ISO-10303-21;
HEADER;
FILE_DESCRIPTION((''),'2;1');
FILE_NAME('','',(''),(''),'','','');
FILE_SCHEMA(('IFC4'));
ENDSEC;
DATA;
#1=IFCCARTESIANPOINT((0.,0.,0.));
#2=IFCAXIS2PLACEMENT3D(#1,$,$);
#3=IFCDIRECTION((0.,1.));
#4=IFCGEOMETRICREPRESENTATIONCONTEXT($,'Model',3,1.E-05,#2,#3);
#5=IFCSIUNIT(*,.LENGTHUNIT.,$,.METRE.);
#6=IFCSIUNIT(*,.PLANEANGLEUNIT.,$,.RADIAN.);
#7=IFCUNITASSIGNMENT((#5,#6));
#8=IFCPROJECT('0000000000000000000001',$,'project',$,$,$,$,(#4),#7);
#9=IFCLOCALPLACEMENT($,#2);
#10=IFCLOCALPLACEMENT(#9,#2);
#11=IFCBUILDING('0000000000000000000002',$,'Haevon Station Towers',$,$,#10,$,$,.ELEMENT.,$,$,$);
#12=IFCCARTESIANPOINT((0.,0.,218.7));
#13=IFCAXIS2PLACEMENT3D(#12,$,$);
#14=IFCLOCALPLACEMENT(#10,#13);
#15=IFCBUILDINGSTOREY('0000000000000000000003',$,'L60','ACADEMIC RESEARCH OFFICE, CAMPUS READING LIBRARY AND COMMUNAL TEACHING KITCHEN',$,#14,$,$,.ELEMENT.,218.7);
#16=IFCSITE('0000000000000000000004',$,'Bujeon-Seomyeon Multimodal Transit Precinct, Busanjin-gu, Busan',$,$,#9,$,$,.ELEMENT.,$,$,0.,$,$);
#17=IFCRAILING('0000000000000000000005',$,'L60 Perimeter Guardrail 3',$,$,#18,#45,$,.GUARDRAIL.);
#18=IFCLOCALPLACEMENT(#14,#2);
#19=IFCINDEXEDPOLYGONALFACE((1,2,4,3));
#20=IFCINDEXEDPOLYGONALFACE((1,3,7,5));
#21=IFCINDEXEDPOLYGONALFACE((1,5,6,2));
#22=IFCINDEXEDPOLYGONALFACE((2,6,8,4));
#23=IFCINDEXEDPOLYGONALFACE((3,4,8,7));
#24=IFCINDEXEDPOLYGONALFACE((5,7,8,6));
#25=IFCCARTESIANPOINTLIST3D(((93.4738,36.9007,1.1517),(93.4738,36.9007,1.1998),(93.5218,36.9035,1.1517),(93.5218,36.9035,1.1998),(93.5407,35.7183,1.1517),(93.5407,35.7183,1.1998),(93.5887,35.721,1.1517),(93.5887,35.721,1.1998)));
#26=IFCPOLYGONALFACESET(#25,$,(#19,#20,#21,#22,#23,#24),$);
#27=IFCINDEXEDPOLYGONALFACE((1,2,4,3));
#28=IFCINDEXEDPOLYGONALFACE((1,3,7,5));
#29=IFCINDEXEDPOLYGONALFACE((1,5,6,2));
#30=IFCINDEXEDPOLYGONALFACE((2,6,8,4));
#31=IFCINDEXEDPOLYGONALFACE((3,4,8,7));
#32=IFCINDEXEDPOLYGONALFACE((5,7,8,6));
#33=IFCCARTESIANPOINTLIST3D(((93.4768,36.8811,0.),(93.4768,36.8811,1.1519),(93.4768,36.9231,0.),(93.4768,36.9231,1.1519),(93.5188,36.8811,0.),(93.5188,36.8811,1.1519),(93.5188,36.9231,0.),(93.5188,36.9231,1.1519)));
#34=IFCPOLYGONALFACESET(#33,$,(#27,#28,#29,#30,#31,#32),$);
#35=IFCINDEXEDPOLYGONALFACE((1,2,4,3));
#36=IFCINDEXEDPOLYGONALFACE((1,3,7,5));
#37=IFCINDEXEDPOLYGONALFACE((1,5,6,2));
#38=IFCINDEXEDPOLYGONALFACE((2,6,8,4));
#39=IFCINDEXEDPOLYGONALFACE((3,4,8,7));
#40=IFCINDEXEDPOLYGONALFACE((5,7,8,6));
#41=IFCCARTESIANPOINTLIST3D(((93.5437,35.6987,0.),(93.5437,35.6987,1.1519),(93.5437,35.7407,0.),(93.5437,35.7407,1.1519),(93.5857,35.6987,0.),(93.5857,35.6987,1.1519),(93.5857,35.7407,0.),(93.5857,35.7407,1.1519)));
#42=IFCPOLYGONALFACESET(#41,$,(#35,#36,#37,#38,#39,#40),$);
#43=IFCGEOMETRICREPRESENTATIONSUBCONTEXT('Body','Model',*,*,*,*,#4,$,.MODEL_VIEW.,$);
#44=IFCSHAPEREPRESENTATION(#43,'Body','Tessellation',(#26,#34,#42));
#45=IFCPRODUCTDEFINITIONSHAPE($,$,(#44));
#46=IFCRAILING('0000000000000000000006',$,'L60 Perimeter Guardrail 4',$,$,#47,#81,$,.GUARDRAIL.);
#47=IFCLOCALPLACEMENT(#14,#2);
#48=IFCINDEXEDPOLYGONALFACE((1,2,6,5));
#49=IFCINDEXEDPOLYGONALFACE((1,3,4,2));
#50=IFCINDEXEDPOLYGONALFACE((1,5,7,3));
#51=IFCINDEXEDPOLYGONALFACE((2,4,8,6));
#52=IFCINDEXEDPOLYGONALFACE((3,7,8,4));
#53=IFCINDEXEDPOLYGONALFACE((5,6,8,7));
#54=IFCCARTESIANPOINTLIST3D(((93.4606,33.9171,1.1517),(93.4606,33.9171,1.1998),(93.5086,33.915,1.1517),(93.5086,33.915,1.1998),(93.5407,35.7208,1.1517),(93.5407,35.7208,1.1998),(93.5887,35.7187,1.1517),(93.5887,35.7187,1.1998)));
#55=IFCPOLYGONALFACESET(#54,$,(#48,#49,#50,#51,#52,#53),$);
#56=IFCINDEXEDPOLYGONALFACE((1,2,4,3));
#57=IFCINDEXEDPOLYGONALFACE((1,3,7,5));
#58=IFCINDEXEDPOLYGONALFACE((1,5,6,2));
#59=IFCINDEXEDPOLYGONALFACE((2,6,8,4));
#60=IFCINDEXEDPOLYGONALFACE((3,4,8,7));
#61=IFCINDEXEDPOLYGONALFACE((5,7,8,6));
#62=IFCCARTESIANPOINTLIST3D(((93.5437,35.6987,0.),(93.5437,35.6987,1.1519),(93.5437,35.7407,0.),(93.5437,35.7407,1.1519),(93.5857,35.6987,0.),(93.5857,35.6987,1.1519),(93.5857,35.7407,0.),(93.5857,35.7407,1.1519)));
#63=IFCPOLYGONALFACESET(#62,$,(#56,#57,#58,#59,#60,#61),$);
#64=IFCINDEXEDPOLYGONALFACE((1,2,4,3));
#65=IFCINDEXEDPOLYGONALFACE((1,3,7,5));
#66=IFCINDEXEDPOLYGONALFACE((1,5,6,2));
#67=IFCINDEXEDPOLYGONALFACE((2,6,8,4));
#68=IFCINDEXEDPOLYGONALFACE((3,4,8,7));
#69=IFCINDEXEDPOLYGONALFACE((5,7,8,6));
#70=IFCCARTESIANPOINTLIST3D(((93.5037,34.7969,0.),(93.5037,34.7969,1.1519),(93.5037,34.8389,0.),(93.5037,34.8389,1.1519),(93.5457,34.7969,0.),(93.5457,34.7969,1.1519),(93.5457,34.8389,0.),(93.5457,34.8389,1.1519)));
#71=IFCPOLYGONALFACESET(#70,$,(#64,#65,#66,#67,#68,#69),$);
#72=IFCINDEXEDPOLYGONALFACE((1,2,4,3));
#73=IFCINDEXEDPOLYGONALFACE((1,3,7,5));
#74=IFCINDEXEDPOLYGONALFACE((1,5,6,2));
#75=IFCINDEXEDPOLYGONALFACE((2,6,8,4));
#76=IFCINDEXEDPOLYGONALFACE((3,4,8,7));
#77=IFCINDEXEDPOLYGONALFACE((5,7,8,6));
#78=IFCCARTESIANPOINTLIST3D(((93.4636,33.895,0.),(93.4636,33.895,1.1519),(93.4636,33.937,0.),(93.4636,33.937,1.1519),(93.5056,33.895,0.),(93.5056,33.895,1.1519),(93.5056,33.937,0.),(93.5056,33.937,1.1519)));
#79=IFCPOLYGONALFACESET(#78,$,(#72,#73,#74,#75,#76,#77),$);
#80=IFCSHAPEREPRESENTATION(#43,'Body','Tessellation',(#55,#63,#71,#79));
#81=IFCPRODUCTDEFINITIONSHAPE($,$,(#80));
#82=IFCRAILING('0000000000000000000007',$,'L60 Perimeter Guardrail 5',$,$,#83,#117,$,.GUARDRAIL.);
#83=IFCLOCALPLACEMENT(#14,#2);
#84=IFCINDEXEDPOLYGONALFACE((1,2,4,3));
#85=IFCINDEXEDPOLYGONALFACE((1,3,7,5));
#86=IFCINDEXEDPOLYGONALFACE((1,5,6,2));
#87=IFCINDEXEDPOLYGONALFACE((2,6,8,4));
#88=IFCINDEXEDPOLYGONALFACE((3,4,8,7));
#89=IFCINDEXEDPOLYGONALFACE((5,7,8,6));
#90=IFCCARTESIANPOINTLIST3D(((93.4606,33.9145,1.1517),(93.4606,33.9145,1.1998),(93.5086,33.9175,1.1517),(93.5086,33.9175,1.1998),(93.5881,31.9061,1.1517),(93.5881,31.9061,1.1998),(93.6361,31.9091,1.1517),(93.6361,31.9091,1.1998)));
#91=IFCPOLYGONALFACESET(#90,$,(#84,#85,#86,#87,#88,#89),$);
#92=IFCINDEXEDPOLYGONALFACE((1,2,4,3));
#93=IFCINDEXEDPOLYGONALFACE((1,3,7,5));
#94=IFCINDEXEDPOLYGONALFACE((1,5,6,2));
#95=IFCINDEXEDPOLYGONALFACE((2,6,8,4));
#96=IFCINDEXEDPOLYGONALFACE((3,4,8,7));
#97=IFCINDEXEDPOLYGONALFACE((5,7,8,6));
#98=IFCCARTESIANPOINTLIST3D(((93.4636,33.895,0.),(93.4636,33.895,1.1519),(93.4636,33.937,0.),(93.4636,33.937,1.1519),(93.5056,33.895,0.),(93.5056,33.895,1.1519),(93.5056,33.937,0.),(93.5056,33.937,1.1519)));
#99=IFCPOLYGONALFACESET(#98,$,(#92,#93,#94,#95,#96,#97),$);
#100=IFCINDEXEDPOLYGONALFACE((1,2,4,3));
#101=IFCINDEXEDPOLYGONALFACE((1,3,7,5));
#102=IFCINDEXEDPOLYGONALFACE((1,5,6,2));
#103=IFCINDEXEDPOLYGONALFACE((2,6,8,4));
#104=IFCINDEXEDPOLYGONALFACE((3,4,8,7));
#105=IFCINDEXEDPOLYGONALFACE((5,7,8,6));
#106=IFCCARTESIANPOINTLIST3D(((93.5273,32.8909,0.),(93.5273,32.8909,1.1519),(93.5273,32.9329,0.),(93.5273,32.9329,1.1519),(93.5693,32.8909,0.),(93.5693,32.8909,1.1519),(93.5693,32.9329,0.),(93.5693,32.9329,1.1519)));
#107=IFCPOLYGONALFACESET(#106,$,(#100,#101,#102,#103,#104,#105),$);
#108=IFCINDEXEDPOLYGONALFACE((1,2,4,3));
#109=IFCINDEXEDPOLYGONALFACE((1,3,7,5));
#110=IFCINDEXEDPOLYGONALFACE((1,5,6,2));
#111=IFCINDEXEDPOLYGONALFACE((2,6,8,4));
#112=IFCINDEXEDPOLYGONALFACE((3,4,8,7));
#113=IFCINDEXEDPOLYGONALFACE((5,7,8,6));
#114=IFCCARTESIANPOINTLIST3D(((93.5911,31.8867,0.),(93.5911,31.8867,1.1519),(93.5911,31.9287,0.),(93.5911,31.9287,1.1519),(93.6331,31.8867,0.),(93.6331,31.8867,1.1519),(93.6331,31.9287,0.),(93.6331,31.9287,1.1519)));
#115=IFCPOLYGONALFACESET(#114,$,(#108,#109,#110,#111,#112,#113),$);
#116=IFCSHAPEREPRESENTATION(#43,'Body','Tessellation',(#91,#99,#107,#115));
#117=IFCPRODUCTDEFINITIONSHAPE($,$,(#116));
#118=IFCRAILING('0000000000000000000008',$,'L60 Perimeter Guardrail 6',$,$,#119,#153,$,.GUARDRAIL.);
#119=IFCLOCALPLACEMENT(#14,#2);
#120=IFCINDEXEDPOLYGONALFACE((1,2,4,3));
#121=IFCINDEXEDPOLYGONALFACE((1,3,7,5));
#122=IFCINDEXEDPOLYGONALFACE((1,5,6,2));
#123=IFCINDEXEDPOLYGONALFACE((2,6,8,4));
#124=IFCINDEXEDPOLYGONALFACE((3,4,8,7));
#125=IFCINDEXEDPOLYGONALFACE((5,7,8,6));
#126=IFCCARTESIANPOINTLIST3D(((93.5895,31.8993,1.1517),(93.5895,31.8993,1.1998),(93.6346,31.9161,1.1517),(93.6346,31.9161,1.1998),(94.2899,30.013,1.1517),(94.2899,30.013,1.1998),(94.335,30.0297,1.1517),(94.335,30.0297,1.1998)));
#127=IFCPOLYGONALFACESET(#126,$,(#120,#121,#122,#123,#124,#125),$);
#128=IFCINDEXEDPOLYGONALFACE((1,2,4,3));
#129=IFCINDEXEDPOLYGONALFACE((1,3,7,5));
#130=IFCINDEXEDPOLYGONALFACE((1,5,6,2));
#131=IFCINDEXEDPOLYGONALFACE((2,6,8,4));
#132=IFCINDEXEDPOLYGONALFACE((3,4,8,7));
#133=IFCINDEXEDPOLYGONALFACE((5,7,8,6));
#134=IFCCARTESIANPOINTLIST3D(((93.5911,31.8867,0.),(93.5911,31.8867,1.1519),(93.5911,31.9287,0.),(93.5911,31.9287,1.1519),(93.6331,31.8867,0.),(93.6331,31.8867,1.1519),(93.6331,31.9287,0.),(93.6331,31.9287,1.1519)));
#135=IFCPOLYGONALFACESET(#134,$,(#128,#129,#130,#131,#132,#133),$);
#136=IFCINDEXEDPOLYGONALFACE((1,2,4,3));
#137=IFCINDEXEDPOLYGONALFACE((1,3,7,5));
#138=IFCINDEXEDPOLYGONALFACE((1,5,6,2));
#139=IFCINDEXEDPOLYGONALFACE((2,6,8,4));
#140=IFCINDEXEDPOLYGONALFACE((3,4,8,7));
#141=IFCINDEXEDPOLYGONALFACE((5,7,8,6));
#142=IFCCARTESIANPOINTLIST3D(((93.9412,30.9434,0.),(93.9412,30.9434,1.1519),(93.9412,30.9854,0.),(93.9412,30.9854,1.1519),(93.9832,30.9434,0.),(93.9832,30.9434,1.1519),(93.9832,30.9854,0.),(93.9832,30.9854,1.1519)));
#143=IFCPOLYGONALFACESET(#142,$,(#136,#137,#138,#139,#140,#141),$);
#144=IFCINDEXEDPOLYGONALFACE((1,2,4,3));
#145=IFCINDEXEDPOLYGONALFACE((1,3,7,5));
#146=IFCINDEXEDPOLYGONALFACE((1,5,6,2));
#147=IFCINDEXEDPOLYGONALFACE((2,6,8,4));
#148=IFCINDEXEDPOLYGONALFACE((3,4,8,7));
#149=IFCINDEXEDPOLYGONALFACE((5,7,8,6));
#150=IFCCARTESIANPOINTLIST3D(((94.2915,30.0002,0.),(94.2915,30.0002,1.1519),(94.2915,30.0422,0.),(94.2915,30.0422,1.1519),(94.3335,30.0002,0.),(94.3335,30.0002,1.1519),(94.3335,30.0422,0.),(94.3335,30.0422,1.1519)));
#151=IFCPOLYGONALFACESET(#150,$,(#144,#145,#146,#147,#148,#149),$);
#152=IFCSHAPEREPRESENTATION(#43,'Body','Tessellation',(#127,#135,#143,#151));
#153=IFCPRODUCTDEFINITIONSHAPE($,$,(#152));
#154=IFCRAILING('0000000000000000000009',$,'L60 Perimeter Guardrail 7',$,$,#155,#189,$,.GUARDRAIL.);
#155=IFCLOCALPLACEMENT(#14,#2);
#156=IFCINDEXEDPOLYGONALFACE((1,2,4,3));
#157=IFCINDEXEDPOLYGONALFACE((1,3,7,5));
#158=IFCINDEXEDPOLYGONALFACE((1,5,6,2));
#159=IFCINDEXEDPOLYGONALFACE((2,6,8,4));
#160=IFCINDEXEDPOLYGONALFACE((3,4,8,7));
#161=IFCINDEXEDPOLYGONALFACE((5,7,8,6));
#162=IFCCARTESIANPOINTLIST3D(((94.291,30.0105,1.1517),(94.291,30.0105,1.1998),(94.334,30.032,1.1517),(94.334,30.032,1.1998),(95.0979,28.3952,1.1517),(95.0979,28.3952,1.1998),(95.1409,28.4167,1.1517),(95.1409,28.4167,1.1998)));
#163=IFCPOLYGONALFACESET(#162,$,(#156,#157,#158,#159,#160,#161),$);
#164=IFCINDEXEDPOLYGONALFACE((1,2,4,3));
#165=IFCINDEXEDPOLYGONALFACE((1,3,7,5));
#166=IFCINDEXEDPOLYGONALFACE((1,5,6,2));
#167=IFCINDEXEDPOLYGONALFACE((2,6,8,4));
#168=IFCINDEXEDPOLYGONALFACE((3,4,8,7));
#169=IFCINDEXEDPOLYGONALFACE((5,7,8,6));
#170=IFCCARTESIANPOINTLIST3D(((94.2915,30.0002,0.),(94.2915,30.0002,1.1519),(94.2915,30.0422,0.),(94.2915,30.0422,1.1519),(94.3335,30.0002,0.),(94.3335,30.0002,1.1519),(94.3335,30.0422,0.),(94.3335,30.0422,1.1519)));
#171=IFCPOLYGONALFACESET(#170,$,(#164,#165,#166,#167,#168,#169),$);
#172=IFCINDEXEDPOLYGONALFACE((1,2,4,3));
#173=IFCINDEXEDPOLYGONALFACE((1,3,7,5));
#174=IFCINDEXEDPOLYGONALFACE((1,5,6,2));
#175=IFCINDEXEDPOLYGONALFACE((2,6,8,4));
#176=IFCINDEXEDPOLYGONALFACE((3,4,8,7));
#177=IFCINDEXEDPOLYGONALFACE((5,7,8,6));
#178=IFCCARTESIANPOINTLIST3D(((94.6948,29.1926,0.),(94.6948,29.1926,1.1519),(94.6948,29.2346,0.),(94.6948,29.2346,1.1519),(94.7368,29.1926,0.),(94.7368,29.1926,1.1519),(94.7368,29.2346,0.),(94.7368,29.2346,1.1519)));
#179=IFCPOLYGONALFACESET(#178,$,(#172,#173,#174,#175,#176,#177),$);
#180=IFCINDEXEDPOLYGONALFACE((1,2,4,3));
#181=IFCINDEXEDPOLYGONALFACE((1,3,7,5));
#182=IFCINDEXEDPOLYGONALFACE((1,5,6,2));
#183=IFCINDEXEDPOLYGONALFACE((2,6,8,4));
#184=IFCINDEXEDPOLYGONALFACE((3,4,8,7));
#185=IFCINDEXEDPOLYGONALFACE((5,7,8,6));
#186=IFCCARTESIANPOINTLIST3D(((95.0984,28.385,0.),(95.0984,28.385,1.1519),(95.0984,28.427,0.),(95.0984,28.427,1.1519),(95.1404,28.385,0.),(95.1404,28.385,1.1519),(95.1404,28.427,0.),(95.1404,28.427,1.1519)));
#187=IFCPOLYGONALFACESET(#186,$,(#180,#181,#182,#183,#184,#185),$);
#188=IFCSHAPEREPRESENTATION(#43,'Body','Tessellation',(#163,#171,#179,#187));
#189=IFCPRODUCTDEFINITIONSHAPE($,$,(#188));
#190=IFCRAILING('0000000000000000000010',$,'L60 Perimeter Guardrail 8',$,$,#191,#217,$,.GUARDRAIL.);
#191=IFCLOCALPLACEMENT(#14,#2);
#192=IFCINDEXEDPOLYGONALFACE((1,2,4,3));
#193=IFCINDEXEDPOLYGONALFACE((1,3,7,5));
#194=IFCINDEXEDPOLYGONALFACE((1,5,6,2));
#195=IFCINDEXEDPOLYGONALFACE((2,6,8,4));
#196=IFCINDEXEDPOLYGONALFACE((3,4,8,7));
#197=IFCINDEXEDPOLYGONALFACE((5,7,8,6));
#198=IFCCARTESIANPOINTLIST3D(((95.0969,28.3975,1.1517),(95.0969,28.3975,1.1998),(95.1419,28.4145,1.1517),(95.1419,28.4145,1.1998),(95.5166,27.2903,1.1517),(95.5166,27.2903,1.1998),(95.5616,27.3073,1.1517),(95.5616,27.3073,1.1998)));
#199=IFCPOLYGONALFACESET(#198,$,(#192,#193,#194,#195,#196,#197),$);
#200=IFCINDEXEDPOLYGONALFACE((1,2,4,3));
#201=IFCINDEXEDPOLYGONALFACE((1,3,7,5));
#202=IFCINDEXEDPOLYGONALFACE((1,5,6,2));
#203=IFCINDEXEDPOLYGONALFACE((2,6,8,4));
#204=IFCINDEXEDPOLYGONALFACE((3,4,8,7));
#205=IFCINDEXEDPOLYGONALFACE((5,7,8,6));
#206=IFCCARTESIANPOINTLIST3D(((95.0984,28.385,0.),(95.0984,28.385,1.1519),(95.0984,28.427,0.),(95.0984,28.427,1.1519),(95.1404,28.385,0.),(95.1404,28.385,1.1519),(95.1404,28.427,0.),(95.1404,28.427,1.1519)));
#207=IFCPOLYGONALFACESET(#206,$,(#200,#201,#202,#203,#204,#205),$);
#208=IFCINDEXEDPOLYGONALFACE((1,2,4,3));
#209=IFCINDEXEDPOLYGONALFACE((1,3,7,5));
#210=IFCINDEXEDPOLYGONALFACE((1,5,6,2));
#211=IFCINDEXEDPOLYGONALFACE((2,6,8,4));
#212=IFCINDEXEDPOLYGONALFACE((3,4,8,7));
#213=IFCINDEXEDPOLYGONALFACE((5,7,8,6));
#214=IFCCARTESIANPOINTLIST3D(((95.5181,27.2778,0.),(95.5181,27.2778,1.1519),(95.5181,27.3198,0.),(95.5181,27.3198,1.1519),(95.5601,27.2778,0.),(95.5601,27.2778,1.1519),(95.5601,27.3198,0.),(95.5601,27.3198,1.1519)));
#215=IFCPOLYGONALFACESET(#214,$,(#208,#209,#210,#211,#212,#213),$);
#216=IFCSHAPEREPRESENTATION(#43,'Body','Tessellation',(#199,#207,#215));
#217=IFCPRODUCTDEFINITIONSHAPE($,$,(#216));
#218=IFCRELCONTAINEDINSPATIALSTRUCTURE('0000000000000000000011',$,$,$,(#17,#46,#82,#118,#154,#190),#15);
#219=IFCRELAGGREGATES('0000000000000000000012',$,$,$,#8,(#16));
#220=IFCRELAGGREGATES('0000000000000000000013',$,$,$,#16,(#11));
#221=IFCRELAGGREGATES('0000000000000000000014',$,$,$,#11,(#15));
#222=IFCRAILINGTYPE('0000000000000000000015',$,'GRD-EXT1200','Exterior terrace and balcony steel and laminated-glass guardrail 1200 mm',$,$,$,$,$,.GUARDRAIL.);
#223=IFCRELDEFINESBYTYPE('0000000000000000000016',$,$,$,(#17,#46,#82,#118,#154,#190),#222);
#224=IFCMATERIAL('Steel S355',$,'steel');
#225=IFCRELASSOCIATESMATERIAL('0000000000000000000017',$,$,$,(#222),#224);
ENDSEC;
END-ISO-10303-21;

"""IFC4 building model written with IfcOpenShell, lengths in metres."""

from ifc_helpers import new_model, si_unit, direction, frame, origin, origin_2d, place, context, subcontext, project, spatial, rectangle, extrude, material, type_object, element, save


model = new_model("IFC4")

# Units and contexts
model_context = context("Model", 3, precision=1e-05, world=origin(), true_north=direction((0.0, 1.0)))
body_context = subcontext(model_context, "Body", "Model", "MODEL_VIEW")
ifc_project = project(units=[si_unit("LENGTHUNIT", "METRE"), si_unit("PLANEANGLEUNIT", "RADIAN")], contexts=[model_context])

# Site, building, storey
site_placement = place(None, origin())
site = spatial("IfcSite", under=ifc_project, at=site_placement, Name="Bujeon-Seomyeon Multimodal Transit Precinct, Busanjin-gu, Busan", CompositionType="ELEMENT", RefElevation=0.0)
building_placement = place(site_placement, origin())
building = spatial("IfcBuilding", under=site, at=building_placement, Name="Haevon Station Towers", CompositionType="ELEMENT")
storey_placement = place(building_placement, frame((0.0, 0.0, 218.7)))
storey = spatial("IfcBuildingStorey", under=building, at=storey_placement, Name="L60", Description="ACADEMIC RESEARCH OFFICE, CAMPUS READING LIBRARY AND COMMUNAL TEACHING KITCHEN", CompositionType="ELEMENT", Elevation=218.7)

# Shared definitions
ifc_material_1 = material(Name="Steel S355", Category="steel")

# Railings
railing_type = type_object("IfcRailingType", Name="GRD-EXT1200", Description="Exterior terrace and balcony steel and laminated-glass guardrail 1200 mm", PredefinedType="GUARDRAIL", material=ifc_material_1)
railing_1_placement = place(storey_placement, frame((93.4978, 36.9021, 0.0)))
element("IfcRailing", 1, at=railing_1_placement, inside=storey, type_object=railing_type, Name="L60 Perimeter Guardrail 3", PredefinedType="GUARDRAIL", context=body_context, shape_type="SweptSolid", body=[
    extrude(rectangle(XDim=0.0481, YDim=0.0481, at=origin_2d()), frame((0.0, 0.0, 1.1758), z_axis=(0.056486, -0.998403, 0.0), x_axis=(0.998403, 0.056486, 0.0)), (0.0, 0.0, 1.0), 1.1843),
    extrude(rectangle(XDim=0.042, YDim=0.042, at=origin_2d()), origin(), (0.0, 0.0, 1.0), 1.1519),
    extrude(rectangle(XDim=0.042, YDim=0.042, at=origin_2d()), frame((0.0669, -1.1824, 0.0)), (0.0, 0.0, 1.0), 1.1519),
])
railing_2_placement = place(storey_placement, frame((93.5647, 35.7197, 0.0)))
element("IfcRailing", 2, at=railing_2_placement, inside=storey, type_object=railing_type, Name="L60 Perimeter Guardrail 4", PredefinedType="GUARDRAIL", context=body_context, shape_type="SweptSolid", body=[
    extrude(rectangle(XDim=0.0481, YDim=0.0481, at=origin_2d()), frame((0.0, 0.0, 1.1758), z_axis=(-0.044353, -0.999016, 0.0), x_axis=(0.999016, -0.044353, 0.0)), (0.0, 0.0, 1.0), 1.8054),
    extrude(rectangle(XDim=0.042, YDim=0.042, at=origin_2d()), origin(), (0.0, 0.0, 1.0), 1.1519),
    extrude(rectangle(XDim=0.042, YDim=0.042, at=origin_2d()), frame((-0.04, -0.9019, 0.0)), (0.0, 0.0, 1.0), 1.1519),
    extrude(rectangle(XDim=0.042, YDim=0.042, at=origin_2d()), frame((-0.0801, -1.8037, 0.0)), (0.0, 0.0, 1.0), 1.1519),
])
railing_3_placement = place(storey_placement, frame((93.4846, 33.916, 0.0)))
element("IfcRailing", 3, at=railing_3_placement, inside=storey, type_object=railing_type, Name="L60 Perimeter Guardrail 5", PredefinedType="GUARDRAIL", context=body_context, shape_type="SweptSolid", body=[
    extrude(rectangle(XDim=0.0481, YDim=0.0481, at=origin_2d()), frame((0.0, 0.0, 1.1758), z_axis=(0.06333, -0.997993, 0.0), x_axis=(0.997993, 0.06333, 0.0)), (0.0, 0.0, 1.0), 2.0125),
    extrude(rectangle(XDim=0.042, YDim=0.042, at=origin_2d()), origin(), (0.0, 0.0, 1.0), 1.1519),
    extrude(rectangle(XDim=0.042, YDim=0.042, at=origin_2d()), frame((0.0637, -1.0042, 0.0)), (0.0, 0.0, 1.0), 1.1519),
    extrude(rectangle(XDim=0.042, YDim=0.042, at=origin_2d()), frame((0.1274, -2.0083, 0.0)), (0.0, 0.0, 1.0), 1.1519),
])
railing_4_placement = place(storey_placement, frame((93.6121, 31.9077, 0.0)))
element("IfcRailing", 4, at=railing_4_placement, inside=storey, type_object=railing_type, Name="L60 Perimeter Guardrail 6", PredefinedType="GUARDRAIL", context=body_context, shape_type="SweptSolid", body=[
    extrude(rectangle(XDim=0.0481, YDim=0.0481, at=origin_2d()), frame((0.0, 0.0, 1.1758), z_axis=(0.348077, -0.937466, 0.0), x_axis=(0.937466, 0.348077, 0.0)), (0.0, 0.0, 1.0), 2.0122),
    extrude(rectangle(XDim=0.042, YDim=0.042, at=origin_2d()), origin(), (0.0, 0.0, 1.0), 1.1519),
    extrude(rectangle(XDim=0.042, YDim=0.042, at=origin_2d()), frame((0.3501, -0.9434, 0.0)), (0.0, 0.0, 1.0), 1.1519),
    extrude(rectangle(XDim=0.042, YDim=0.042, at=origin_2d()), frame((0.7004, -1.8865, 0.0)), (0.0, 0.0, 1.0), 1.1519),
])
railing_5_placement = place(storey_placement, frame((94.3125, 30.0212, 0.0)))
element("IfcRailing", 5, at=railing_5_placement, inside=storey, type_object=railing_type, Name="L60 Perimeter Guardrail 7", PredefinedType="GUARDRAIL", context=body_context, shape_type="SweptSolid", body=[
    extrude(rectangle(XDim=0.0481, YDim=0.0481, at=origin_2d()), frame((0.0, 0.0, 1.1758), z_axis=(0.446889, -0.894589, 0.0), x_axis=(0.894589, 0.446889, 0.0)), (0.0, 0.0, 1.0), 1.8057),
    extrude(rectangle(XDim=0.042, YDim=0.042, at=origin_2d()), origin(), (0.0, 0.0, 1.0), 1.1519),
    extrude(rectangle(XDim=0.042, YDim=0.042, at=origin_2d()), frame((0.4033, -0.8076, 0.0)), (0.0, 0.0, 1.0), 1.1519),
    extrude(rectangle(XDim=0.042, YDim=0.042, at=origin_2d()), frame((0.8069, -1.6152, 0.0)), (0.0, 0.0, 1.0), 1.1519),
])
railing_6_placement = place(storey_placement, frame((95.1194, 28.406, 0.0)))
element("IfcRailing", 6, at=railing_6_placement, inside=storey, type_object=railing_type, Name="L60 Perimeter Guardrail 8", PredefinedType="GUARDRAIL", context=body_context, shape_type="SweptSolid", body=[
    extrude(rectangle(XDim=0.0481, YDim=0.0481, at=origin_2d()), frame((0.0, 0.0, 1.1758), z_axis=(0.354443, -0.935078, 0.0), x_axis=(0.935078, 0.354443, 0.0)), (0.0, 0.0, 1.0), 1.1841),
    extrude(rectangle(XDim=0.042, YDim=0.042, at=origin_2d()), origin(), (0.0, 0.0, 1.0), 1.1519),
    extrude(rectangle(XDim=0.042, YDim=0.042, at=origin_2d()), frame((0.4197, -1.1072, 0.0)), (0.0, 0.0, 1.0), 1.1519),
])

save(model, "model.ifc")
